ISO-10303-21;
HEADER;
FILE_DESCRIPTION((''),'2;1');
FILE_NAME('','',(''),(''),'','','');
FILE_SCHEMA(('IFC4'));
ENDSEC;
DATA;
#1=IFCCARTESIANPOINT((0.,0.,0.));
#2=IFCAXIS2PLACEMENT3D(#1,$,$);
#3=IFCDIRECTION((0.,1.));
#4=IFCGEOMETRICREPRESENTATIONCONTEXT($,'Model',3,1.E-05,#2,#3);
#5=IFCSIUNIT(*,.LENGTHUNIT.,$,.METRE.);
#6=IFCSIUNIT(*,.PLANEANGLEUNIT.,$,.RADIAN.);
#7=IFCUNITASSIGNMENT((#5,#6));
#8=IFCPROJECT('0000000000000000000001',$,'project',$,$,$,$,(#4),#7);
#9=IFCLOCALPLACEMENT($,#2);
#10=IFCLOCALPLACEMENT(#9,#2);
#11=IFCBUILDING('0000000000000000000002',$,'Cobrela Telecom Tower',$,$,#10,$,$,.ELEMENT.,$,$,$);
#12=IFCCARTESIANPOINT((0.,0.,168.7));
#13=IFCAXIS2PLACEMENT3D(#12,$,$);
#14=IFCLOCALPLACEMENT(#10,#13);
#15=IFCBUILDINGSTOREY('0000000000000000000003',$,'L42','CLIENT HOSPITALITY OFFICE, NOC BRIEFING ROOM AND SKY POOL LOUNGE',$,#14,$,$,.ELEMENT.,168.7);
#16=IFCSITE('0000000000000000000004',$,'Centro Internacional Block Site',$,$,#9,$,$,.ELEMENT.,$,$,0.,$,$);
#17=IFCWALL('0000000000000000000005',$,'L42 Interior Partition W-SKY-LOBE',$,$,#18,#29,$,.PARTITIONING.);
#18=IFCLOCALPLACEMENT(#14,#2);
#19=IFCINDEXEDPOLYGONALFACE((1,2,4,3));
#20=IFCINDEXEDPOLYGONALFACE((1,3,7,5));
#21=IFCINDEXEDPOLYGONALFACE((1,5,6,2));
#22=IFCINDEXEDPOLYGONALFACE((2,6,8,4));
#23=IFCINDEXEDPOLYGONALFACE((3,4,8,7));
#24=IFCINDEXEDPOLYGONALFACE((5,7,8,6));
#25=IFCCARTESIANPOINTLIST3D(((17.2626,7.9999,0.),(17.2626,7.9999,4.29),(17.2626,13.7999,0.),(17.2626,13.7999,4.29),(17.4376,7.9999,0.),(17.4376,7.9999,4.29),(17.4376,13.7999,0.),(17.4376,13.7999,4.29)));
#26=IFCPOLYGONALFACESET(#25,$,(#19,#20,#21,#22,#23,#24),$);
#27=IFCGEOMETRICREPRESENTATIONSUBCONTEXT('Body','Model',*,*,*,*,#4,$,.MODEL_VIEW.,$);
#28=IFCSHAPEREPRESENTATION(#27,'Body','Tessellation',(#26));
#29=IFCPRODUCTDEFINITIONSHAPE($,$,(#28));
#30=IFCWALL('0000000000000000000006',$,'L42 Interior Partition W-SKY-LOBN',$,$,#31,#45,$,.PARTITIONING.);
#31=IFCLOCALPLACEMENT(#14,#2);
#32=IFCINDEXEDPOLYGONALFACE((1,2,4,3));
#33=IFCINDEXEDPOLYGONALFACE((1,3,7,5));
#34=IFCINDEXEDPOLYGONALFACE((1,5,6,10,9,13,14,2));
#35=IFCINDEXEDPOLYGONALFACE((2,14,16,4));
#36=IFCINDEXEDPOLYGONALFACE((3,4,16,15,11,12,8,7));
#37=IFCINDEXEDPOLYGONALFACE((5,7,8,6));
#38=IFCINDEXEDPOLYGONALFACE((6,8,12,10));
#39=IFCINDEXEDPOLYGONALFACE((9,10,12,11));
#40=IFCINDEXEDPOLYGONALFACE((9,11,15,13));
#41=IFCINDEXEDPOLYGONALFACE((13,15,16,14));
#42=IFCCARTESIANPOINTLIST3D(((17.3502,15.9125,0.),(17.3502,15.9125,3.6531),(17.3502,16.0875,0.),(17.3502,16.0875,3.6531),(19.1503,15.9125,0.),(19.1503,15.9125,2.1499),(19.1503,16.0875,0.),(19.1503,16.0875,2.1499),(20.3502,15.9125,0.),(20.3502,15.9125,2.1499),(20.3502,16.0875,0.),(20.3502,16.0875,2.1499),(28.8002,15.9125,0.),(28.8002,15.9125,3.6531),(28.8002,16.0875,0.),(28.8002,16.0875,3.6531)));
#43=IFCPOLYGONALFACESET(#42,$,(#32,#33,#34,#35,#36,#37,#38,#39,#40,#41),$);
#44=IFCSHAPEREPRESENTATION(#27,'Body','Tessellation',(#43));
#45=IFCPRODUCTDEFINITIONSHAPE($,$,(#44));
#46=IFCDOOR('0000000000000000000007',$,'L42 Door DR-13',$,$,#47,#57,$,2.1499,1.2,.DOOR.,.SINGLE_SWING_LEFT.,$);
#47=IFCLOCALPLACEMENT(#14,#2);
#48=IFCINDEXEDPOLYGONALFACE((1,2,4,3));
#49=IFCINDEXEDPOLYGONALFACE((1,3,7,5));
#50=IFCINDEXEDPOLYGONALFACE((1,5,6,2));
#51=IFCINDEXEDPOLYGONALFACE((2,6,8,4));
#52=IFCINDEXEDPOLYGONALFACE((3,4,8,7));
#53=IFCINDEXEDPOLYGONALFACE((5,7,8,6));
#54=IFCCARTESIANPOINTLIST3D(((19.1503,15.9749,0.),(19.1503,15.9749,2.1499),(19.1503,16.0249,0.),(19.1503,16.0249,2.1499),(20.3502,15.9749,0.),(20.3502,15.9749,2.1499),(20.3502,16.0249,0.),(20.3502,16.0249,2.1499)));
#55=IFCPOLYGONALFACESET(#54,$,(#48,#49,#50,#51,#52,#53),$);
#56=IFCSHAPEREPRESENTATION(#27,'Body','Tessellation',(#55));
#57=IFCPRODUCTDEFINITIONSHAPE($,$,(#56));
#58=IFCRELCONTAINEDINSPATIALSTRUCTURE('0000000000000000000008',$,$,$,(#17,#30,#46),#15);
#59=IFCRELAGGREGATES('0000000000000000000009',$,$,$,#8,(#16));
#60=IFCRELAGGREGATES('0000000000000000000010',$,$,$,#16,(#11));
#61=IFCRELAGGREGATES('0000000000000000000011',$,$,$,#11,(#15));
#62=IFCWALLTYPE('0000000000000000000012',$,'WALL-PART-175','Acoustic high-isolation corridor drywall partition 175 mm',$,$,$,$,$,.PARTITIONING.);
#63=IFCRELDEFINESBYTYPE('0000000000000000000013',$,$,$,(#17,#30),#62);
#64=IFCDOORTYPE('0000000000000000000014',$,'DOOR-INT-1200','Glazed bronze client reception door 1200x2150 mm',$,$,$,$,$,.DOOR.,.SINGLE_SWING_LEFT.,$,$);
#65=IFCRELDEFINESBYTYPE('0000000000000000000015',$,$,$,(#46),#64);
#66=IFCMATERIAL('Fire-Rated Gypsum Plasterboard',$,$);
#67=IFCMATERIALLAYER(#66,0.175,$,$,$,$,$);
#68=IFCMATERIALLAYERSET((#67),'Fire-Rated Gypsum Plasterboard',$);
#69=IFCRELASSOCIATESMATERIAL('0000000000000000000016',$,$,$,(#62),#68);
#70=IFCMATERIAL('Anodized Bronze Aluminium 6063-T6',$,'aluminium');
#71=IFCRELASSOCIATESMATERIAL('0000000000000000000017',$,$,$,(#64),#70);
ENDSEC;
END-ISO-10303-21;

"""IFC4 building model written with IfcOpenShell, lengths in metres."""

from ifc_helpers import new_model, si_unit, direction, frame, frame_2d, origin, place, context, subcontext, project, spatial, rectangle, extrude, material, layer, layer_set, type_object, element, fill, save


model = new_model("IFC4")

# Units and contexts
model_context = context("Model", 3, precision=1e-05, world=origin(), true_north=direction((0.0, 1.0)))
body_context = subcontext(model_context, "Body", "Model", "MODEL_VIEW")
ifc_project = project(units=[si_unit("LENGTHUNIT", "METRE"), si_unit("PLANEANGLEUNIT", "RADIAN")], contexts=[model_context])

# Site, building, storey
site_placement = place(None, origin())
site = spatial("IfcSite", under=ifc_project, at=site_placement, Name="Centro Internacional Block Site", CompositionType="ELEMENT", RefElevation=0.0)
building_placement = place(site_placement, origin())
building = spatial("IfcBuilding", under=site, at=building_placement, Name="Cobrela Telecom Tower", CompositionType="ELEMENT")
storey_placement = place(building_placement, frame((0.0, 0.0, 168.7)))
storey = spatial("IfcBuildingStorey", under=building, at=storey_placement, Name="L42", Description="CLIENT HOSPITALITY OFFICE, NOC BRIEFING ROOM AND SKY POOL LOUNGE", CompositionType="ELEMENT", Elevation=168.7)

# Shared definitions
ifc_material_1 = material(Name="Anodized Bronze Aluminium 6063-T6", Category="aluminium")

# Shared definitions
ifc_material_2 = material(Name="Fire-Rated Gypsum Plasterboard")

# Wall
ifc_layer_1 = layer(ifc_material_2, 0.175)
ifc_layer_set_1 = layer_set([ifc_layer_1], Name="Fire-Rated Gypsum Plasterboard")
wall_type_1 = type_object("IfcWallType", Name="WALL-PART-175", Description="Acoustic high-isolation corridor drywall partition 175 mm", PredefinedType="PARTITIONING", material=ifc_layer_set_1)
wall_1_placement = place(storey_placement, frame((17.3501, 8.0, 0.0), z_axis=(0.0, 0.0, 1.0), x_axis=(0.0, 1.0, 0.0)))
element("IfcWall", 1, at=wall_1_placement, inside=storey, type_object=wall_type_1, Name="L42 Interior Partition W-SKY-LOBE", PredefinedType="PARTITIONING", context=body_context, shape_type="SweptSolid", body=[
    extrude(rectangle(XDim=5.8, YDim=0.175, at=frame_2d((2.8999, 0.0))), origin(), (0.0, 0.0, 1.0), 4.29),
])

# Wall, opening, door
wall_2_placement = place(storey_placement, frame((17.3501, 16.0, 0.0), z_axis=(0.0, 0.0, 1.0), x_axis=(1.0, 0.0, 0.0)))
wall_2 = element("IfcWall", 2, at=wall_2_placement, inside=storey, type_object=wall_type_1, Name="L42 Interior Partition W-SKY-LOBN", PredefinedType="PARTITIONING", context=body_context, shape_type="SweptSolid", body=[
    extrude(rectangle(XDim=11.45, YDim=0.175, at=frame_2d((5.7251, 0.0))), origin(), (0.0, 0.0, 1.0), 3.6531),
])
opening_1_placement = place(wall_2_placement, frame((1.8, 0.0, 0.0)))
opening_1 = element("IfcOpeningElement", 3, at=opening_1_placement, cuts=wall_2, PredefinedType="OPENING", context=body_context, shape_type="SweptSolid", body=[
    extrude(rectangle(XDim=1.2, YDim=2.1499, at=frame_2d((0.6001, 1.075))), frame((0.0, 0.0996, 0.0), z_axis=(0.0, -1.0, 0.0), x_axis=(1.0, 0.0, 0.0)), (0.0, 0.0, 1.0), 0.199),
])
door_type_1 = type_object("IfcDoorType", Name="DOOR-INT-1200", Description="Glazed bronze client reception door 1200x2150 mm", OperationType="SINGLE_SWING_LEFT", PredefinedType="DOOR", material=ifc_material_1)
door_1_placement = place(opening_1_placement, origin())
door_1 = element("IfcDoor", 4, at=door_1_placement, inside=storey, type_object=door_type_1, Name="L42 Door DR-13", OperationType="SINGLE_SWING_LEFT", OverallHeight=2.1499, OverallWidth=1.2, PredefinedType="DOOR", context=body_context, shape_type="SweptSolid", body=[
    extrude(rectangle(XDim=1.2, YDim=2.1499, at=frame_2d((0.6001, 1.075))), frame((0.0, 0.0249, 0.0), z_axis=(0.0, -1.0, 0.0), x_axis=(1.0, 0.0, 0.0)), (0.0, 0.0, 1.0), 0.05),
])
fill(opening_1, door_1)

save(model, "model.ifc")
